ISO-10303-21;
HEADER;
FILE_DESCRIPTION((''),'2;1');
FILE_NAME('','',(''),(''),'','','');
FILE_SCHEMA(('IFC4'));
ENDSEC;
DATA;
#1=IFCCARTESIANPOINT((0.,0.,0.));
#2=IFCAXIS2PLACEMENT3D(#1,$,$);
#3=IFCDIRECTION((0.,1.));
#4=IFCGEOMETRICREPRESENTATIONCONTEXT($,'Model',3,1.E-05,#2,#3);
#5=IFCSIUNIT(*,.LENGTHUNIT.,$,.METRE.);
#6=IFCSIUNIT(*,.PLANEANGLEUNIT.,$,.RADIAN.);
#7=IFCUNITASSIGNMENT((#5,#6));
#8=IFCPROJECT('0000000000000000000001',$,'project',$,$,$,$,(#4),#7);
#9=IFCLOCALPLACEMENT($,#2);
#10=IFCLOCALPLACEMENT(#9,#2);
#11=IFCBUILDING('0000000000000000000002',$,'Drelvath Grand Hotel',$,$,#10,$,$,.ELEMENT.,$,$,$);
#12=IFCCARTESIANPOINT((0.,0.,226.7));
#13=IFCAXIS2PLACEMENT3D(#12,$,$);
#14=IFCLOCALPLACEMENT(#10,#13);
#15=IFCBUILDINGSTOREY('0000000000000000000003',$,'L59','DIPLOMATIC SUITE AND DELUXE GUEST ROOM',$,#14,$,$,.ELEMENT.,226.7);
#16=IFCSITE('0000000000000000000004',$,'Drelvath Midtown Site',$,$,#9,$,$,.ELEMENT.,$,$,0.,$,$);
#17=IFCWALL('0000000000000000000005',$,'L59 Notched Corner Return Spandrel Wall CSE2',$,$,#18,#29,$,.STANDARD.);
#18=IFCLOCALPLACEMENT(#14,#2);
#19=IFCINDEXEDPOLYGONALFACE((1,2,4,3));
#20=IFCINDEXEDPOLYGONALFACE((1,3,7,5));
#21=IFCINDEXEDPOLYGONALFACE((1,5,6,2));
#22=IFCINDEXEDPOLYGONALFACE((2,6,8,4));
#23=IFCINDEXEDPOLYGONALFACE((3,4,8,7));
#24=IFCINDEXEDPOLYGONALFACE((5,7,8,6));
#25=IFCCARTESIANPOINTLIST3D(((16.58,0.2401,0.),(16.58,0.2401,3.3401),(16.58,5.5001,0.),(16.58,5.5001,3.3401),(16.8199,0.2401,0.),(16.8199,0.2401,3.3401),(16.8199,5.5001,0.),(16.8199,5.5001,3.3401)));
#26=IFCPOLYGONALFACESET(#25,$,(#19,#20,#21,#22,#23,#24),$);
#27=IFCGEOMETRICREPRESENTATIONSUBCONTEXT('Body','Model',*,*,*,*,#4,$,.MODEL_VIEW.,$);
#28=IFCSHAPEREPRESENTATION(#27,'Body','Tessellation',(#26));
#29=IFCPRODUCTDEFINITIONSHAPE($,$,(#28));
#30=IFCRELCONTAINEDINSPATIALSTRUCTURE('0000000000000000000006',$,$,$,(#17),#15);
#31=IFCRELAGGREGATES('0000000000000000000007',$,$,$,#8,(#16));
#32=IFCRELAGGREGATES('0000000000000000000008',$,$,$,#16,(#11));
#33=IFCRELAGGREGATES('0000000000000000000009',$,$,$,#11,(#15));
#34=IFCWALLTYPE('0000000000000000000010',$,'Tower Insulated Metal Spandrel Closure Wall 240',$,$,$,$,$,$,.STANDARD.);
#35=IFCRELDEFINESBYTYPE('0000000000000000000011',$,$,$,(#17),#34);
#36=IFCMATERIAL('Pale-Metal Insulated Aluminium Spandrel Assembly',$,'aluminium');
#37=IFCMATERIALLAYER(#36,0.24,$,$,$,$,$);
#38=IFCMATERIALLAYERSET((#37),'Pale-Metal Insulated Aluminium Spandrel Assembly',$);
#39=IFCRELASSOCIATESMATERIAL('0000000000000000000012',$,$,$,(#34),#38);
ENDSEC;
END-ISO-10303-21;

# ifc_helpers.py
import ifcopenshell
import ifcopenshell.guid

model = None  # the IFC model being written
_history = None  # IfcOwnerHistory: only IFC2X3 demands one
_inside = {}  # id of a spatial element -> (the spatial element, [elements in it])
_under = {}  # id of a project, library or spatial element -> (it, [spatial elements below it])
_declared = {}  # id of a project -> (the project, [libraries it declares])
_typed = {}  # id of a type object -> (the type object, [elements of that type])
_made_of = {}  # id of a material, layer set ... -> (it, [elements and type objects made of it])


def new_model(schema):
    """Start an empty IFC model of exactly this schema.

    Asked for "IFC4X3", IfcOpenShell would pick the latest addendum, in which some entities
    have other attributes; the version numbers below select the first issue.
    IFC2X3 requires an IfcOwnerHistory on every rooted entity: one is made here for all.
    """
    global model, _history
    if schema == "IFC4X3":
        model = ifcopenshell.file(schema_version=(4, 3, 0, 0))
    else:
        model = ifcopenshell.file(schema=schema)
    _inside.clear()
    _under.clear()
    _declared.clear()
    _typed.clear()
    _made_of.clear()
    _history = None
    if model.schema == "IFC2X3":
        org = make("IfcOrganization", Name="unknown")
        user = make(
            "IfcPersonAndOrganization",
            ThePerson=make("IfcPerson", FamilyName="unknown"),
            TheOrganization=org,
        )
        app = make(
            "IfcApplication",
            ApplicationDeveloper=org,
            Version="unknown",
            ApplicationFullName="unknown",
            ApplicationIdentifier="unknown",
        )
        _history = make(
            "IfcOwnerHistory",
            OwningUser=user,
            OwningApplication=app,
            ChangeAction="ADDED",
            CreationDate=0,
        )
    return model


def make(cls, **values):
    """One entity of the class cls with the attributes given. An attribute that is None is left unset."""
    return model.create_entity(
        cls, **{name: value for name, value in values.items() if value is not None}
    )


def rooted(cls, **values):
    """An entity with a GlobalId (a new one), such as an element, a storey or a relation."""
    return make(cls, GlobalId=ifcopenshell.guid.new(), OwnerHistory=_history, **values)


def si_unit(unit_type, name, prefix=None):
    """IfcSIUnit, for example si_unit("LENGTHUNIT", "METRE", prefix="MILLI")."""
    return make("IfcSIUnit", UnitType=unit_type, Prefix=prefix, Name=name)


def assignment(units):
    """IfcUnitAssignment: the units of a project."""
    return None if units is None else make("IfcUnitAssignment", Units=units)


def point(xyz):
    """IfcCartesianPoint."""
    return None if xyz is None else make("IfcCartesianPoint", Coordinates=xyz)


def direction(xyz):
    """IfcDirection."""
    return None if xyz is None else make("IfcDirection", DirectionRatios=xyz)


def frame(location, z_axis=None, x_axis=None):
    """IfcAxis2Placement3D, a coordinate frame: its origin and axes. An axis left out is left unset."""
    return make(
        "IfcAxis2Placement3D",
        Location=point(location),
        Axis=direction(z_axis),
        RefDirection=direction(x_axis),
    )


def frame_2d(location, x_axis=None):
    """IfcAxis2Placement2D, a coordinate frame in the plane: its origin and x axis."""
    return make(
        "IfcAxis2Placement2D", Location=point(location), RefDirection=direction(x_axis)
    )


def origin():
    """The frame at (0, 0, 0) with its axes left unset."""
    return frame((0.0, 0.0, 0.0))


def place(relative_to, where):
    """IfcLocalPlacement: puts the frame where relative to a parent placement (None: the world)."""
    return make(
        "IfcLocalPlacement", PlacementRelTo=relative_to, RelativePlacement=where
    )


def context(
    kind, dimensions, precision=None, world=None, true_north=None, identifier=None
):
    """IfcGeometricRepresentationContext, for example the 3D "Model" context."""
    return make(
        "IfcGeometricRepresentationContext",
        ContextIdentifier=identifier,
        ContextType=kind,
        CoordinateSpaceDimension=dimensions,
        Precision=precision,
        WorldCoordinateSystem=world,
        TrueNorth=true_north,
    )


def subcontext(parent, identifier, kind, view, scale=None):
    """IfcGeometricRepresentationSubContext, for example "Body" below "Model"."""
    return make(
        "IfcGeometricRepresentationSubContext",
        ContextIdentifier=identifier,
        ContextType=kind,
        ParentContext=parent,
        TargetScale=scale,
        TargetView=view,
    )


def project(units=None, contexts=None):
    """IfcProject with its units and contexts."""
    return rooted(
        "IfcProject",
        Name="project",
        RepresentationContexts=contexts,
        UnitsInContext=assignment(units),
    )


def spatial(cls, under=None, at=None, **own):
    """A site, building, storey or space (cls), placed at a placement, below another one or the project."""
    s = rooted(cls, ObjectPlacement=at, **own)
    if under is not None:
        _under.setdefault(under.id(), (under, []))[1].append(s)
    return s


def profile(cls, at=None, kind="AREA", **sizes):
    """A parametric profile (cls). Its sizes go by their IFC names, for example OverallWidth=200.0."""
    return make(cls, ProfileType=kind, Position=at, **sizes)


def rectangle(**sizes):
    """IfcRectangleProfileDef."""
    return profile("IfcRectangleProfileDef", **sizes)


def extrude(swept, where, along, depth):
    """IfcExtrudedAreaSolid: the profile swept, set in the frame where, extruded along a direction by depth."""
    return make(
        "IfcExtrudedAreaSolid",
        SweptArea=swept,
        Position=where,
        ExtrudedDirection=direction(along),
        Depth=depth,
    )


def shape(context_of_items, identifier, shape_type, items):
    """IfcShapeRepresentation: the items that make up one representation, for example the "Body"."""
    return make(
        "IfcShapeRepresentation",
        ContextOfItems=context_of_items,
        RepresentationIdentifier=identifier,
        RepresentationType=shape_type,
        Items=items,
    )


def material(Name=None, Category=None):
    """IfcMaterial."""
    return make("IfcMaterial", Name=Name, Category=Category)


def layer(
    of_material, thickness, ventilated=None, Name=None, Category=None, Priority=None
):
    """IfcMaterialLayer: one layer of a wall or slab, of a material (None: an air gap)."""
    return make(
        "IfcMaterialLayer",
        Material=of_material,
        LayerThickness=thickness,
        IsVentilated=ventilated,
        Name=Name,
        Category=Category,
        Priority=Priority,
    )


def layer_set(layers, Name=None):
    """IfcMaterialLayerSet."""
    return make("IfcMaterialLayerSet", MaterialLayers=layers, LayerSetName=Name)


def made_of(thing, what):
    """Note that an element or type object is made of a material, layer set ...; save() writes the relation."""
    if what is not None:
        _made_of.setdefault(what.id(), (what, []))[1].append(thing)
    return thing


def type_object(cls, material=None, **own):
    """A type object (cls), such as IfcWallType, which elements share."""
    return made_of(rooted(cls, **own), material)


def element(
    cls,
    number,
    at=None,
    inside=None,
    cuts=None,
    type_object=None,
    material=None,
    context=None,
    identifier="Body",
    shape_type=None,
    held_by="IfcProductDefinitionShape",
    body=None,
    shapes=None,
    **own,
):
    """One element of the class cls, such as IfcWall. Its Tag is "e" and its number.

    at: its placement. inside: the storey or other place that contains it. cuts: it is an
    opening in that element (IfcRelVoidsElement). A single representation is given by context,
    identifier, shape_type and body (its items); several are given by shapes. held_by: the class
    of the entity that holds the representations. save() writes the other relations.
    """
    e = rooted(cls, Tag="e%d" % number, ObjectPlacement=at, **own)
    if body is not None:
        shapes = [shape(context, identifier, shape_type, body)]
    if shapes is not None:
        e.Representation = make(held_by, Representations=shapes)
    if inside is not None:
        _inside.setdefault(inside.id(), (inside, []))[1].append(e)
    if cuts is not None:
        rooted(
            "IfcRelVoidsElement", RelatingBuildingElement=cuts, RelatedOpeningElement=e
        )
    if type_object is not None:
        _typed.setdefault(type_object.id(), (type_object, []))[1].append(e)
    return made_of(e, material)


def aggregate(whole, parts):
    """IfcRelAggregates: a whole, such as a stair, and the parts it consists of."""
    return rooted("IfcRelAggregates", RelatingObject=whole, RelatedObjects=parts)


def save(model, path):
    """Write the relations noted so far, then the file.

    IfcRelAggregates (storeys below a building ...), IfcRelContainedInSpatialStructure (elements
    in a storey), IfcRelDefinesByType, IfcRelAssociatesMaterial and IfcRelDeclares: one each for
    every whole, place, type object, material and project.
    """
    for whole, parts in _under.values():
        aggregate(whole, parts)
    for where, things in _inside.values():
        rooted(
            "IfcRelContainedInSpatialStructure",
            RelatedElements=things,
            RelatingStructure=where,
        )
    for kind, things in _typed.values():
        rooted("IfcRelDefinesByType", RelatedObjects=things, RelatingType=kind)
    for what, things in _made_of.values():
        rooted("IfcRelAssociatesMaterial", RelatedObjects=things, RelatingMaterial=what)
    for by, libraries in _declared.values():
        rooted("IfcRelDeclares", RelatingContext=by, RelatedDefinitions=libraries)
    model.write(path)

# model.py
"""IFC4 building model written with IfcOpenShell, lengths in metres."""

from ifc_helpers import new_model, si_unit, direction, frame, frame_2d, origin, place, context, subcontext, project, spatial, rectangle, extrude, material, layer, layer_set, type_object, element, save


model = new_model("IFC4")

# Units and contexts
model_context = context("Model", 3, precision=1e-05, world=origin(), true_north=direction((0.0, 1.0)))
body_context = subcontext(model_context, "Body", "Model", "MODEL_VIEW")
ifc_project = project(units=[si_unit("LENGTHUNIT", "METRE"), si_unit("PLANEANGLEUNIT", "RADIAN")], contexts=[model_context])

# Site, building, storey
site_placement = place(None, origin())
site = spatial("IfcSite", under=ifc_project, at=site_placement, Name="Drelvath Midtown Site", CompositionType="ELEMENT", RefElevation=0.0)
building_placement = place(site_placement, origin())
building = spatial("IfcBuilding", under=site, at=building_placement, Name="Drelvath Grand Hotel", CompositionType="ELEMENT")
storey_placement = place(building_placement, frame((0.0, 0.0, 226.7)))
storey = spatial("IfcBuildingStorey", under=building, at=storey_placement, Name="L59", Description="DIPLOMATIC SUITE AND DELUXE GUEST ROOM", CompositionType="ELEMENT", Elevation=226.7)

# Wall
ifc_material_1 = material(Name="Pale-Metal Insulated Aluminium Spandrel Assembly", Category="aluminium")
ifc_layer_1 = layer(ifc_material_1, 0.24)
ifc_layer_set_1 = layer_set([ifc_layer_1], Name="Pale-Metal Insulated Aluminium Spandrel Assembly")
wall_type_1 = type_object("IfcWallType", Name="Tower Insulated Metal Spandrel Closure Wall 240", PredefinedType="STANDARD", material=ifc_layer_set_1)
wall_1_placement = place(storey_placement, frame((16.7, 5.5, 0.0), z_axis=(0.0, 0.0, 1.0), x_axis=(0.0, -1.0, 0.0)))
element("IfcWall", 1, at=wall_1_placement, inside=storey, type_object=wall_type_1, Name="L59 Notched Corner Return Spandrel Wall CSE2", PredefinedType="STANDARD", context=body_context, shape_type="SweptSolid", body=[
    extrude(rectangle(XDim=5.26, YDim=0.24, at=frame_2d((2.6299, 0.0))), origin(), (0.0, 0.0, 1.0), 3.3401),
])

save(model, "model.ifc")
